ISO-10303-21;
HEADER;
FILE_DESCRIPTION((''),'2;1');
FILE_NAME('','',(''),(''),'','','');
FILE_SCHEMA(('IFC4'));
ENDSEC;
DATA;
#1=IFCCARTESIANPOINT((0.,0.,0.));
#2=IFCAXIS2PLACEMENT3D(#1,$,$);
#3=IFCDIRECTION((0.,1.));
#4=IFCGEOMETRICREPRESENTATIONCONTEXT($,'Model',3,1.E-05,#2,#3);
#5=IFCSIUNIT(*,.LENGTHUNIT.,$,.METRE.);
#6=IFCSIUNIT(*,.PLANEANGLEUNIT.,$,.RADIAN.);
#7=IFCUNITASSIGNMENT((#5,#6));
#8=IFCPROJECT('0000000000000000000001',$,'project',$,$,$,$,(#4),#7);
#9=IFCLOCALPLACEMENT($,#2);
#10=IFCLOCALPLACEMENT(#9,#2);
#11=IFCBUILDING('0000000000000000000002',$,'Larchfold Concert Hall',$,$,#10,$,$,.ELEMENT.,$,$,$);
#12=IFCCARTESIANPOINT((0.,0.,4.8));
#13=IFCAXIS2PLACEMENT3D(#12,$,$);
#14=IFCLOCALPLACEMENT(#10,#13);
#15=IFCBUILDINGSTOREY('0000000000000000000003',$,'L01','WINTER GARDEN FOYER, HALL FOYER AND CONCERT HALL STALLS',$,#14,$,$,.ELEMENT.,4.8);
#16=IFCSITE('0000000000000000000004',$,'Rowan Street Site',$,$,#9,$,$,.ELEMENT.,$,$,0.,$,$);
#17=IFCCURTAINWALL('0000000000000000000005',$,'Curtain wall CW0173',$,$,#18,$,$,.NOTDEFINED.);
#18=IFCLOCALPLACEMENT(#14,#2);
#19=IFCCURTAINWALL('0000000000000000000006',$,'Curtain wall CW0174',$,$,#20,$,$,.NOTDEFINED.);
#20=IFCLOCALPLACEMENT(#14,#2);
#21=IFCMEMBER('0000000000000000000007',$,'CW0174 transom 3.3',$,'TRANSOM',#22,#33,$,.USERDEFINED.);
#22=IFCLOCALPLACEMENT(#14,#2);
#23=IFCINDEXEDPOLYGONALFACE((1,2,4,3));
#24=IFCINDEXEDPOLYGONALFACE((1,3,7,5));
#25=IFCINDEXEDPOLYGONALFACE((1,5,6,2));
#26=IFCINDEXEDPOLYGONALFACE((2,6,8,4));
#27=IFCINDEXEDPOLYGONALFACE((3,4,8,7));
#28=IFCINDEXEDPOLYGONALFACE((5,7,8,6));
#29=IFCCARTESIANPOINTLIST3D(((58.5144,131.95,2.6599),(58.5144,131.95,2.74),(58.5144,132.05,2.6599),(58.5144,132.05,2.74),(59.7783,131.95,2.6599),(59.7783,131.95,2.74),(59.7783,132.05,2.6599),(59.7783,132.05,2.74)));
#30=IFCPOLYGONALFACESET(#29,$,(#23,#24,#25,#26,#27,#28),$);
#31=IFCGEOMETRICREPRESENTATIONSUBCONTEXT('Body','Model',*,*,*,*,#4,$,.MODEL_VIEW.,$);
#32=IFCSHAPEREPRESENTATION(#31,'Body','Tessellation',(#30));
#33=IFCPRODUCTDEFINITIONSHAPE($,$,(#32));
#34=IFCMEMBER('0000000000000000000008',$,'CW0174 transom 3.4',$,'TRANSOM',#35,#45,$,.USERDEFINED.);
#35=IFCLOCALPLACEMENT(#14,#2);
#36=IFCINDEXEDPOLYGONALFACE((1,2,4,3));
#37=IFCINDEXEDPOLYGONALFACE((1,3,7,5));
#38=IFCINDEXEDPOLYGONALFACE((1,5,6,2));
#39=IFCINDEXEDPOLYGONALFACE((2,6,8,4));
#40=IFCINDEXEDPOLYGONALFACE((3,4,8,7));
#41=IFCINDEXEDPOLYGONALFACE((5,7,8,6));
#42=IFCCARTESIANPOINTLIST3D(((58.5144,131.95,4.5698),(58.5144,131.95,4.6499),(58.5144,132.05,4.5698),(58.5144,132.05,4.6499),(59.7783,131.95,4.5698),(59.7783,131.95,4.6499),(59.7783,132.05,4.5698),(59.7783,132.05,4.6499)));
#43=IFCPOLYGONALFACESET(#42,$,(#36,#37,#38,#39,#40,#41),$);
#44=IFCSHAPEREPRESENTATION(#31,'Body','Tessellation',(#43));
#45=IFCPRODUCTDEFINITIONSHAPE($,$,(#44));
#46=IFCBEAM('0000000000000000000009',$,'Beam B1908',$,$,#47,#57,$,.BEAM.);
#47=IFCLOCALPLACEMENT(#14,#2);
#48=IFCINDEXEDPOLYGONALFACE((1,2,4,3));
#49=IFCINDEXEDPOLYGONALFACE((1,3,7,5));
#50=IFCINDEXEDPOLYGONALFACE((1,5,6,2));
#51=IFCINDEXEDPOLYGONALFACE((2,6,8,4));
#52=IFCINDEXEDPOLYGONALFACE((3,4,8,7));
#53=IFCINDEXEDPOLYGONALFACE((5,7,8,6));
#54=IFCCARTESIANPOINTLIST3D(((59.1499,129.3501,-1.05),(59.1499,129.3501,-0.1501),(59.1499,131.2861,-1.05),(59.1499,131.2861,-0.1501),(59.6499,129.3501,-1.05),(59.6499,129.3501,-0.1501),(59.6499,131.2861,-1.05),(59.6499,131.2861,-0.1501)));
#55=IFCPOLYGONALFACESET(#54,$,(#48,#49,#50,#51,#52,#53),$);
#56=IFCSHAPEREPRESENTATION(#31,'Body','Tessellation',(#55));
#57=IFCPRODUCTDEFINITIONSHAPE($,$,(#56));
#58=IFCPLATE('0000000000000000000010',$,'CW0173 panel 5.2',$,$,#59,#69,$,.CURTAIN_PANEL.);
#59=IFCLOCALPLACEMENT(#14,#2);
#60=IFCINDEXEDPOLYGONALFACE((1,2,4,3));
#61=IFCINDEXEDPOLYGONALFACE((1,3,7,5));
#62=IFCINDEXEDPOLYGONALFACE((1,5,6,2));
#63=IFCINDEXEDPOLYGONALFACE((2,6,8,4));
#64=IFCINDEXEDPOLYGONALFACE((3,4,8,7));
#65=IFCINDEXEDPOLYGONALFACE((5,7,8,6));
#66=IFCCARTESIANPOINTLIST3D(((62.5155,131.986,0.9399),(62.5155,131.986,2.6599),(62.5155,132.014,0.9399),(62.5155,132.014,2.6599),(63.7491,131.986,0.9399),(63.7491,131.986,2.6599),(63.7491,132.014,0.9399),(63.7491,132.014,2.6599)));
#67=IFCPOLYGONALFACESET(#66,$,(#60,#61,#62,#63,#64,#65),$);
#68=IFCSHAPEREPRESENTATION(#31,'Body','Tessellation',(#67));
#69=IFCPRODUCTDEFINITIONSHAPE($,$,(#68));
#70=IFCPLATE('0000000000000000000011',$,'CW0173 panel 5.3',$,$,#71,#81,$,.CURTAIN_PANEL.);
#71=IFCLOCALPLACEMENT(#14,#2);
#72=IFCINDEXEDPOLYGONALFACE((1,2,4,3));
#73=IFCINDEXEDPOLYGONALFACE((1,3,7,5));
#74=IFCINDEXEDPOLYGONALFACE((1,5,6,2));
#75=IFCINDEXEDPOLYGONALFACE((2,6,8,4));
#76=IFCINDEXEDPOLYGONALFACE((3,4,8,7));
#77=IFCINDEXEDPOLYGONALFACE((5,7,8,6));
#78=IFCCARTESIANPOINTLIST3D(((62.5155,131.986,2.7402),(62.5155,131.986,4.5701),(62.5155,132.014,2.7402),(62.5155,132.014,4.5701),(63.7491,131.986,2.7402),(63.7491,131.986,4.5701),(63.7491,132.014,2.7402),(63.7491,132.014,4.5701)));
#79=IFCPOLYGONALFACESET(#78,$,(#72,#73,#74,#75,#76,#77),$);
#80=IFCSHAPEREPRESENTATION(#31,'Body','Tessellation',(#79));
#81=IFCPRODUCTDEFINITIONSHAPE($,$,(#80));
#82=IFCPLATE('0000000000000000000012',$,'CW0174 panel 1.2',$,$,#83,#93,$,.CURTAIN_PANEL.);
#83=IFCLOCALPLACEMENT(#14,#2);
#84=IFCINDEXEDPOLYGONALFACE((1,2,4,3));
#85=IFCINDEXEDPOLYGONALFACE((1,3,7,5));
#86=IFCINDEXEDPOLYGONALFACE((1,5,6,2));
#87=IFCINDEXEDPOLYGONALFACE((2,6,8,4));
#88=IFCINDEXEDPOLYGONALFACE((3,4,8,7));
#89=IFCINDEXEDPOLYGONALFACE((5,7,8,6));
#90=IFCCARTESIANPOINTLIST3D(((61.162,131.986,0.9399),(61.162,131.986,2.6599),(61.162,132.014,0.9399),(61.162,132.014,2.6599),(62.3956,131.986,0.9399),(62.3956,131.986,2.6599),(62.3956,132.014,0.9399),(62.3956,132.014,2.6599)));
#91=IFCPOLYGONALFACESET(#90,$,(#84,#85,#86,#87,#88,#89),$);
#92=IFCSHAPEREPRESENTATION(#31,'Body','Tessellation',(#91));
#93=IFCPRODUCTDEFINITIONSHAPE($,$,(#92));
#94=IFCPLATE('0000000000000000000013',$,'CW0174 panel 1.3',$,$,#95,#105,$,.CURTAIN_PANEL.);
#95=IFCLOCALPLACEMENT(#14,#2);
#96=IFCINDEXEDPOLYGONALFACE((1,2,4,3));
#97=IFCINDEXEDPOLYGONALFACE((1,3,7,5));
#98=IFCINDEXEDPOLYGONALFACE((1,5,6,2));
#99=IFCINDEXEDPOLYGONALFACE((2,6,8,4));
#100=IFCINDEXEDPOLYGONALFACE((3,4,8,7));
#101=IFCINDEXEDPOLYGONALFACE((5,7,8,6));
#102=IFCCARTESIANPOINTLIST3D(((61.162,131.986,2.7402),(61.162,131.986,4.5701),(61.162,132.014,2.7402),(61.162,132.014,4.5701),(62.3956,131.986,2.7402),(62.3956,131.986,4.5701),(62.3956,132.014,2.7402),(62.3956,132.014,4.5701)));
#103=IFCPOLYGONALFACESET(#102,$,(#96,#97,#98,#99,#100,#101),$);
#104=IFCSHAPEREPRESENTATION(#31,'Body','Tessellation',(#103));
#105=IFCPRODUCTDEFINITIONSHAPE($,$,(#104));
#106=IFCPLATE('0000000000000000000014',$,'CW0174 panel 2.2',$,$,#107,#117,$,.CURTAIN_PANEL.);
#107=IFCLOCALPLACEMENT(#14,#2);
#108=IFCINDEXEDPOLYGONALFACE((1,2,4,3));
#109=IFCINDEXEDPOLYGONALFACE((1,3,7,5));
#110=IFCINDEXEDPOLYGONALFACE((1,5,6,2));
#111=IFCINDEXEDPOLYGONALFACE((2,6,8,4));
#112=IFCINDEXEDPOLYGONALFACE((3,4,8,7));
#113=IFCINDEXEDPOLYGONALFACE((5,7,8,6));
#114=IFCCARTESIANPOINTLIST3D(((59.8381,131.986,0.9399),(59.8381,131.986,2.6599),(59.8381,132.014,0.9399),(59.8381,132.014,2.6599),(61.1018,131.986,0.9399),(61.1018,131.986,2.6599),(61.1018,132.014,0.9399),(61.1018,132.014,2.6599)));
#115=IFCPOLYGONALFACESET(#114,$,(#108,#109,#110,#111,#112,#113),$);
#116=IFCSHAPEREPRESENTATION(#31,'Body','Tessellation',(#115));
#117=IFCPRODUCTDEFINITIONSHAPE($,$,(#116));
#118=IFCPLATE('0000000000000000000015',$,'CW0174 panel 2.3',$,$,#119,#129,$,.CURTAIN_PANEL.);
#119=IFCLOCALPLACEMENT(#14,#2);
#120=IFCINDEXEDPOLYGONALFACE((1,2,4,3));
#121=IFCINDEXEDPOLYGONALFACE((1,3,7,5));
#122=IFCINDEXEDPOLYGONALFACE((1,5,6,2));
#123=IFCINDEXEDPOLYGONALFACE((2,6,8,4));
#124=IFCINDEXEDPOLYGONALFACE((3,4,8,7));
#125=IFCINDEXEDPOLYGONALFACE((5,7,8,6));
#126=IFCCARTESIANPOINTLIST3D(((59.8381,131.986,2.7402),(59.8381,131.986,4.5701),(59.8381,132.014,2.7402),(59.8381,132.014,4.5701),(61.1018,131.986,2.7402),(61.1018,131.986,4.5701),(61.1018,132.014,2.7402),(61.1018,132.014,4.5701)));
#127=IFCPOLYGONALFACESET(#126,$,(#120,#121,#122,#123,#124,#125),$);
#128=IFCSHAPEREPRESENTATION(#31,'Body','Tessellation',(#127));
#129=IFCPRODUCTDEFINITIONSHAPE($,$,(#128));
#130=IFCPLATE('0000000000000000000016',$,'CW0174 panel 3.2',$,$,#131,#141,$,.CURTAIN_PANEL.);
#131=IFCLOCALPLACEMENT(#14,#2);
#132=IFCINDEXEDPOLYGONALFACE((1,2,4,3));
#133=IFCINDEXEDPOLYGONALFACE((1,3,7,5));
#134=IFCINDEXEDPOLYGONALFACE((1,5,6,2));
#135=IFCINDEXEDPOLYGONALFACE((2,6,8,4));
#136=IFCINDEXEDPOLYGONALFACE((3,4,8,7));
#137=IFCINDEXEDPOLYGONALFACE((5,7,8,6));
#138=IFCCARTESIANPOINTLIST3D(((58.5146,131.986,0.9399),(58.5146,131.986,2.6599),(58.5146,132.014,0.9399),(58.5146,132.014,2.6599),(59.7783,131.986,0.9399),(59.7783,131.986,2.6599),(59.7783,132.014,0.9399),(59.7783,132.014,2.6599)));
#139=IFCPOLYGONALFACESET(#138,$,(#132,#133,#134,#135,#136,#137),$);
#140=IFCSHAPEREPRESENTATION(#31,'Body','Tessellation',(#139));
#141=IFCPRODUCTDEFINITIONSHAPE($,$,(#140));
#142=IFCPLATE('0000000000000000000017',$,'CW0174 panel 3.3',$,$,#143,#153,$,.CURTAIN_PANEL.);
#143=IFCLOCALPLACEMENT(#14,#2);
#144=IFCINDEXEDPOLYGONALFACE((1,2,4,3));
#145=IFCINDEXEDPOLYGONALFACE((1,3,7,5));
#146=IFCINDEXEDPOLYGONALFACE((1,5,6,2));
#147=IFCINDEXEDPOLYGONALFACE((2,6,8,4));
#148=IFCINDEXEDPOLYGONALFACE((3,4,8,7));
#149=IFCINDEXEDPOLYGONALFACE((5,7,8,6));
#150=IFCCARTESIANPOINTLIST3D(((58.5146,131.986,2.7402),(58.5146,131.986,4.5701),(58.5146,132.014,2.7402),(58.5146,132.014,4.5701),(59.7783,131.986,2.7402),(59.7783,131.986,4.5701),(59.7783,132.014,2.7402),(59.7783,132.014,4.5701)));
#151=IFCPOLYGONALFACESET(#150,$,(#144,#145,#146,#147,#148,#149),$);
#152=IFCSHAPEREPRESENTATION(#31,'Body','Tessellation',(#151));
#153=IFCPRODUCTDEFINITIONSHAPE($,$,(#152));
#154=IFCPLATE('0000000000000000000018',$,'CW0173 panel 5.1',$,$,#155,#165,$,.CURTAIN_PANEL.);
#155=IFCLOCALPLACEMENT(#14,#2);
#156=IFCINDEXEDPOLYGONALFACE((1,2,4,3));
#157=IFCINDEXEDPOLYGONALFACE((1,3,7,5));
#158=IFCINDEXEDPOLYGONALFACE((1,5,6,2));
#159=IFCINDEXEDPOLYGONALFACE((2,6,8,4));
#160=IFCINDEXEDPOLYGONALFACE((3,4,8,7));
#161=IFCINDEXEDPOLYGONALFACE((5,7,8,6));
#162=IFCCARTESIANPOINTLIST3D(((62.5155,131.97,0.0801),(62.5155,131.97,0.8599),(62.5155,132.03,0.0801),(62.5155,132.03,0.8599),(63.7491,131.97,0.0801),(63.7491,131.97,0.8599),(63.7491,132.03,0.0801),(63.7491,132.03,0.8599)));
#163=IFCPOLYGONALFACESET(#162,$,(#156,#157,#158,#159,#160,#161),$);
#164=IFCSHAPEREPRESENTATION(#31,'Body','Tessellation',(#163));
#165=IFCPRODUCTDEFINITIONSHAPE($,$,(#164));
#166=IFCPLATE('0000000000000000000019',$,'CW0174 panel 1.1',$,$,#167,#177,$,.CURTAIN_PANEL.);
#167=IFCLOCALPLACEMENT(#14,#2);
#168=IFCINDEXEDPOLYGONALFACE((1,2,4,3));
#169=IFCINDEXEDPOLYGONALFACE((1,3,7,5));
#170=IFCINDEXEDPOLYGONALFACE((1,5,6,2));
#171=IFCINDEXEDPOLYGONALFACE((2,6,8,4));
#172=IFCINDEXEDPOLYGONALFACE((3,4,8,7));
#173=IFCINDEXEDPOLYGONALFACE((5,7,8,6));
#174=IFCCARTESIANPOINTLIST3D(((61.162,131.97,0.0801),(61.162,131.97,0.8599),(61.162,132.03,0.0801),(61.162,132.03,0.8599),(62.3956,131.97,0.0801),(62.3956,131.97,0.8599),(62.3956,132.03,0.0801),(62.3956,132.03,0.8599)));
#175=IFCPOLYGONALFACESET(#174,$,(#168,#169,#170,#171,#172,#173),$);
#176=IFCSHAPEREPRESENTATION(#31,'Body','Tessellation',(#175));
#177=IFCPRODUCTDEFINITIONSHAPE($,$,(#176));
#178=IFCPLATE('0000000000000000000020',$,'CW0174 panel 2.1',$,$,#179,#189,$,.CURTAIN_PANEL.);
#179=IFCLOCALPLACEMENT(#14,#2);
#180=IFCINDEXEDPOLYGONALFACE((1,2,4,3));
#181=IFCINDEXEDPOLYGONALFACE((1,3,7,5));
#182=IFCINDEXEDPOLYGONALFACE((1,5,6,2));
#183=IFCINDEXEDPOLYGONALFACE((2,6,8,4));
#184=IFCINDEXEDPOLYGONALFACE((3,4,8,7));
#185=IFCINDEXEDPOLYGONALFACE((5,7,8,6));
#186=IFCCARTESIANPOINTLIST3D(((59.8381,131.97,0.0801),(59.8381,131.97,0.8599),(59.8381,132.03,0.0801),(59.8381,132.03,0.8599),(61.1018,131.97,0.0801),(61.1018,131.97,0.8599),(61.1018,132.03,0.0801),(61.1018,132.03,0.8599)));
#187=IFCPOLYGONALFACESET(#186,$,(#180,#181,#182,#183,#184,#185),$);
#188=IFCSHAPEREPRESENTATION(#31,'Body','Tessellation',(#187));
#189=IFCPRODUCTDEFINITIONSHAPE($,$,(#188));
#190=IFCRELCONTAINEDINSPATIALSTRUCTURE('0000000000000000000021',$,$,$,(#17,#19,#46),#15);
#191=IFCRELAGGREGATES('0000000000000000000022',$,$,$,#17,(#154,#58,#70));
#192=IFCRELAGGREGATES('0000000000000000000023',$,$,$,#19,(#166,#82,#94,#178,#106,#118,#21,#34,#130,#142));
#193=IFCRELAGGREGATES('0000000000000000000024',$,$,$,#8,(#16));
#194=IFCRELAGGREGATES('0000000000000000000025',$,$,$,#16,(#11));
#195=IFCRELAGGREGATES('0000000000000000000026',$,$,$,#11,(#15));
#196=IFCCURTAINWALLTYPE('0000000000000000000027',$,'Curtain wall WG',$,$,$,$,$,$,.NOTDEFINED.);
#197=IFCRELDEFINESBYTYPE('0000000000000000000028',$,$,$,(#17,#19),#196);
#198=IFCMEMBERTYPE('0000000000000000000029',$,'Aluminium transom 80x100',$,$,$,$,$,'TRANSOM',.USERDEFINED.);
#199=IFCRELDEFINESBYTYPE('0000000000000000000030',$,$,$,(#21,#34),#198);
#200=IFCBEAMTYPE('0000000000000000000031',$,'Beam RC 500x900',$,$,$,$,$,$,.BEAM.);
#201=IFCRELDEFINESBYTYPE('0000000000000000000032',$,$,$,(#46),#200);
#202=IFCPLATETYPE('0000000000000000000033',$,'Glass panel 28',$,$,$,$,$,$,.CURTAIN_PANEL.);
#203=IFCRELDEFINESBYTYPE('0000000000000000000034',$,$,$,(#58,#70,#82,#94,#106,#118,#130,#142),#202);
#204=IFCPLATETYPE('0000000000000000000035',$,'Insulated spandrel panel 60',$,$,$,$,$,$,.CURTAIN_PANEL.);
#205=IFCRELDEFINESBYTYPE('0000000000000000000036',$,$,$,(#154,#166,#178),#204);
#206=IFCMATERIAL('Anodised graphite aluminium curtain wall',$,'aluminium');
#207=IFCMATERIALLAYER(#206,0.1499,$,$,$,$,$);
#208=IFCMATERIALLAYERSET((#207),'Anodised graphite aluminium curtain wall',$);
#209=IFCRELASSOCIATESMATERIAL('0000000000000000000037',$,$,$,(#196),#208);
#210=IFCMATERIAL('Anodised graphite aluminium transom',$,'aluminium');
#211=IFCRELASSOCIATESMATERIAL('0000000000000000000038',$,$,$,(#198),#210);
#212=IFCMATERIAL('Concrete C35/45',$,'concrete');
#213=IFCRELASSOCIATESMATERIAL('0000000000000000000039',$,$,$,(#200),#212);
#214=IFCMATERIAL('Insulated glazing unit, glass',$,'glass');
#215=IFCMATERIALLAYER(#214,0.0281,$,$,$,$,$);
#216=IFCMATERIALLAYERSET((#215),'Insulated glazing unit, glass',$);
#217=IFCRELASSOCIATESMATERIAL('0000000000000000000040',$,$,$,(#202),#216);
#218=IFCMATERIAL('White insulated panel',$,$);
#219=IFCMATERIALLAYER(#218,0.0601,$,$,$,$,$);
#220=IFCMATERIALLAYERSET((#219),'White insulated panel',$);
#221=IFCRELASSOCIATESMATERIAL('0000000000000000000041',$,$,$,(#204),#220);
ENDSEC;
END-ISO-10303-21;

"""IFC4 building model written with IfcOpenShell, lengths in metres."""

from ifc_helpers import new_model, si_unit, direction, frame, origin, origin_2d, place, context, subcontext, project, spatial, rectangle, extrude, material, layer, layer_set, material_profile, profile_set, type_object, element, aggregate, save


model = new_model("IFC4")

# Units and contexts
model_context = context("Model", 3, precision=1e-05, world=origin(), true_north=direction((0.0, 1.0)))
body_context = subcontext(model_context, "Body", "Model", "MODEL_VIEW")
ifc_project = project(units=[si_unit("LENGTHUNIT", "METRE"), si_unit("PLANEANGLEUNIT", "RADIAN")], contexts=[model_context])

# Site, building, storey
site_placement = place(None, origin())
site = spatial("IfcSite", under=ifc_project, at=site_placement, Name="Rowan Street Site", CompositionType="ELEMENT", RefElevation=0.0)
building_placement = place(site_placement, origin())
building = spatial("IfcBuilding", under=site, at=building_placement, Name="Larchfold Concert Hall", CompositionType="ELEMENT")
storey_placement = place(building_placement, frame((0.0, 0.0, 4.8)))
storey = spatial("IfcBuildingStorey", under=building, at=storey_placement, Name="L01", Description="WINTER GARDEN FOYER, HALL FOYER AND CONCERT HALL STALLS", CompositionType="ELEMENT", Elevation=4.8)

# Curtain wall
ifc_material_1 = material(Name="Anodised graphite aluminium curtain wall", Category="aluminium")
ifc_layer_1 = layer(ifc_material_1, 0.1499)
ifc_layer_set_1 = layer_set([ifc_layer_1], Name="Anodised graphite aluminium curtain wall")
curtain_wall_type = type_object("IfcCurtainWallType", Name="Curtain wall WG", PredefinedType="NOTDEFINED", material=ifc_layer_set_1)
curtain_wall_1_placement = place(storey_placement, origin())
curtain_wall_1 = element("IfcCurtainWall", 1, at=curtain_wall_1_placement, inside=storey, type_object=curtain_wall_type, Name="Curtain wall CW0173", PredefinedType="NOTDEFINED")

# Curtain wall, members
curtain_wall_2_placement = place(storey_placement, origin())
curtain_wall_2 = element("IfcCurtainWall", 2, at=curtain_wall_2_placement, inside=storey, type_object=curtain_wall_type, Name="Curtain wall CW0174", PredefinedType="NOTDEFINED")
ifc_material_2 = material(Name="Anodised graphite aluminium transom", Category="aluminium")
ifc_material_profile_1 = material_profile(ifc_material_2, rectangle(XDim=0.1001, YDim=0.0801, at=origin_2d()))
ifc_profile_set_1 = profile_set([ifc_material_profile_1], Name="Anodised graphite aluminium transom")
member_type_1 = type_object("IfcMemberType", Name="Aluminium transom 80x100", ElementType="TRANSOM", PredefinedType="USERDEFINED", material=ifc_profile_set_1)
member_1_placement = place(storey_placement, frame((59.7783, 132.0, 2.7), z_axis=(-1.0, 0.0, 0.0), x_axis=(0.0, -1.0, 0.0)))
member_1 = element("IfcMember", 3, at=member_1_placement, type_object=member_type_1, Name="CW0174 transom 3.3", ObjectType="TRANSOM", PredefinedType="USERDEFINED", context=body_context, shape_type="SweptSolid", body=[
    extrude(rectangle(XDim=0.1001, YDim=0.0801, at=origin_2d()), origin(), (0.0, 0.0, 1.0), 1.2639),
])
member_2_placement = place(storey_placement, frame((59.7783, 132.0, 4.6099), z_axis=(-1.0, 0.0, 0.0), x_axis=(0.0, -1.0, 0.0)))
member_2 = element("IfcMember", 4, at=member_2_placement, type_object=member_type_1, Name="CW0174 transom 3.4", ObjectType="TRANSOM", PredefinedType="USERDEFINED", context=body_context, shape_type="SweptSolid", body=[
    extrude(rectangle(XDim=0.1001, YDim=0.0801, at=origin_2d()), origin(), (0.0, 0.0, 1.0), 1.2639),
])

# Beam
ifc_material_3 = material(Name="Concrete C35/45", Category="concrete")
ifc_material_profile_2 = material_profile(ifc_material_3, rectangle(XDim=0.5, YDim=0.8999, at=origin_2d()))
ifc_profile_set_2 = profile_set([ifc_material_profile_2], Name="Concrete C35/45")
beam_type = type_object("IfcBeamType", Name="Beam RC 500x900", PredefinedType="BEAM", material=ifc_profile_set_2)
beam_placement = place(storey_placement, frame((59.3999, 129.3501, -0.6001), z_axis=(0.0, 1.0, 0.0), x_axis=(-1.0, 0.0, 0.0)))
element("IfcBeam", 5, at=beam_placement, inside=storey, type_object=beam_type, Name="Beam B1908", PredefinedType="BEAM", context=body_context, shape_type="SweptSolid", body=[
    extrude(rectangle(XDim=0.5, YDim=0.8999, at=origin_2d()), origin(), (0.0, 0.0, 1.0), 1.936),
])

# Plates
ifc_material_4 = material(Name="Insulated glazing unit, glass", Category="glass")
ifc_layer_2 = layer(ifc_material_4, 0.0281)
ifc_layer_set_2 = layer_set([ifc_layer_2], Name="Insulated glazing unit, glass")
plate_type_1 = type_object("IfcPlateType", Name="Glass panel 28", PredefinedType="CURTAIN_PANEL", material=ifc_layer_set_2)
plate_1_placement = place(storey_placement, frame((63.1323, 132.0, 0.9399), z_axis=(0.0, 0.0, 1.0), x_axis=(-1.0, 0.0, 0.0)))
plate_1 = element("IfcPlate", 6, at=plate_1_placement, type_object=plate_type_1, Name="CW0173 panel 5.2", PredefinedType="CURTAIN_PANEL", context=body_context, shape_type="SweptSolid", body=[
    extrude(rectangle(XDim=1.2336, YDim=0.0281, at=origin_2d()), origin(), (0.0, 0.0, 1.0), 1.72),
])
plate_2_placement = place(storey_placement, frame((63.1323, 132.0, 2.7402), z_axis=(0.0, 0.0, 1.0), x_axis=(-1.0, 0.0, 0.0)))
plate_2 = element("IfcPlate", 7, at=plate_2_placement, type_object=plate_type_1, Name="CW0173 panel 5.3", PredefinedType="CURTAIN_PANEL", context=body_context, shape_type="SweptSolid", body=[
    extrude(rectangle(XDim=1.2336, YDim=0.0281, at=origin_2d()), origin(), (0.0, 0.0, 1.0), 1.8298),
])
plate_3_placement = place(storey_placement, frame((61.7788, 132.0, 0.9399), z_axis=(0.0, 0.0, 1.0), x_axis=(-1.0, 0.0, 0.0)))
plate_3 = element("IfcPlate", 8, at=plate_3_placement, type_object=plate_type_1, Name="CW0174 panel 1.2", PredefinedType="CURTAIN_PANEL", context=body_context, shape_type="SweptSolid", body=[
    extrude(rectangle(XDim=1.2336, YDim=0.0281, at=origin_2d()), origin(), (0.0, 0.0, 1.0), 1.72),
])
plate_4_placement = place(storey_placement, frame((61.7788, 132.0, 2.7402), z_axis=(0.0, 0.0, 1.0), x_axis=(-1.0, 0.0, 0.0)))
plate_4 = element("IfcPlate", 9, at=plate_4_placement, type_object=plate_type_1, Name="CW0174 panel 1.3", PredefinedType="CURTAIN_PANEL", context=body_context, shape_type="SweptSolid", body=[
    extrude(rectangle(XDim=1.2336, YDim=0.0281, at=origin_2d()), origin(), (0.0, 0.0, 1.0), 1.8298),
])
plate_5_placement = place(storey_placement, frame((60.47, 132.0, 0.9399), z_axis=(0.0, 0.0, 1.0), x_axis=(-1.0, 0.0, 0.0)))
plate_5 = element("IfcPlate", 10, at=plate_5_placement, type_object=plate_type_1, Name="CW0174 panel 2.2", PredefinedType="CURTAIN_PANEL", context=body_context, shape_type="SweptSolid", body=[
    extrude(rectangle(XDim=1.2637, YDim=0.0281, at=origin_2d()), origin(), (0.0, 0.0, 1.0), 1.72),
])
plate_6_placement = place(storey_placement, frame((60.47, 132.0, 2.7402), z_axis=(0.0, 0.0, 1.0), x_axis=(-1.0, 0.0, 0.0)))
plate_6 = element("IfcPlate", 11, at=plate_6_placement, type_object=plate_type_1, Name="CW0174 panel 2.3", PredefinedType="CURTAIN_PANEL", context=body_context, shape_type="SweptSolid", body=[
    extrude(rectangle(XDim=1.2637, YDim=0.0281, at=origin_2d()), origin(), (0.0, 0.0, 1.0), 1.8298),
])
plate_7_placement = place(storey_placement, frame((59.1465, 132.0, 0.9399), z_axis=(0.0, 0.0, 1.0), x_axis=(-1.0, 0.0, 0.0)))
plate_7 = element("IfcPlate", 12, at=plate_7_placement, type_object=plate_type_1, Name="CW0174 panel 3.2", PredefinedType="CURTAIN_PANEL", context=body_context, shape_type="SweptSolid", body=[
    extrude(rectangle(XDim=1.2637, YDim=0.0281, at=origin_2d()), origin(), (0.0, 0.0, 1.0), 1.72),
])
plate_8_placement = place(storey_placement, frame((59.1465, 132.0, 2.7402), z_axis=(0.0, 0.0, 1.0), x_axis=(-1.0, 0.0, 0.0)))
plate_8 = element("IfcPlate", 13, at=plate_8_placement, type_object=plate_type_1, Name="CW0174 panel 3.3", PredefinedType="CURTAIN_PANEL", context=body_context, shape_type="SweptSolid", body=[
    extrude(rectangle(XDim=1.2637, YDim=0.0281, at=origin_2d()), origin(), (0.0, 0.0, 1.0), 1.8298),
])
ifc_material_5 = material(Name="White insulated panel")
ifc_layer_3 = layer(ifc_material_5, 0.0601)
ifc_layer_set_3 = layer_set([ifc_layer_3], Name="White insulated panel")
plate_type_2 = type_object("IfcPlateType", Name="Insulated spandrel panel 60", PredefinedType="CURTAIN_PANEL", material=ifc_layer_set_3)
plate_9_placement = place(storey_placement, frame((63.1323, 132.0, 0.0801), z_axis=(0.0, 0.0, 1.0), x_axis=(-1.0, 0.0, 0.0)))
plate_9 = element("IfcPlate", 14, at=plate_9_placement, type_object=plate_type_2, Name="CW0173 panel 5.1", PredefinedType="CURTAIN_PANEL", context=body_context, shape_type="SweptSolid", body=[
    extrude(rectangle(XDim=1.2336, YDim=0.0601, at=origin_2d()), origin(), (0.0, 0.0, 1.0), 0.7798),
])
aggregate(curtain_wall_1, [plate_9, plate_1, plate_2])
plate_10_placement = place(storey_placement, frame((61.7788, 132.0, 0.0801), z_axis=(0.0, 0.0, 1.0), x_axis=(-1.0, 0.0, 0.0)))
plate_10 = element("IfcPlate", 15, at=plate_10_placement, type_object=plate_type_2, Name="CW0174 panel 1.1", PredefinedType="CURTAIN_PANEL", context=body_context, shape_type="SweptSolid", body=[
    extrude(rectangle(XDim=1.2336, YDim=0.0601, at=origin_2d()), origin(), (0.0, 0.0, 1.0), 0.7798),
])
plate_11_placement = place(storey_placement, frame((60.47, 132.0, 0.0801), z_axis=(0.0, 0.0, 1.0), x_axis=(-1.0, 0.0, 0.0)))
plate_11 = element("IfcPlate", 16, at=plate_11_placement, type_object=plate_type_2, Name="CW0174 panel 2.1", PredefinedType="CURTAIN_PANEL", context=body_context, shape_type="SweptSolid", body=[
    extrude(rectangle(XDim=1.2637, YDim=0.0601, at=origin_2d()), origin(), (0.0, 0.0, 1.0), 0.7798),
])
aggregate(curtain_wall_2, [plate_10, plate_3, plate_4, plate_11, plate_5, plate_6, member_1, member_2, plate_7, plate_8])

save(model, "model.ifc")
